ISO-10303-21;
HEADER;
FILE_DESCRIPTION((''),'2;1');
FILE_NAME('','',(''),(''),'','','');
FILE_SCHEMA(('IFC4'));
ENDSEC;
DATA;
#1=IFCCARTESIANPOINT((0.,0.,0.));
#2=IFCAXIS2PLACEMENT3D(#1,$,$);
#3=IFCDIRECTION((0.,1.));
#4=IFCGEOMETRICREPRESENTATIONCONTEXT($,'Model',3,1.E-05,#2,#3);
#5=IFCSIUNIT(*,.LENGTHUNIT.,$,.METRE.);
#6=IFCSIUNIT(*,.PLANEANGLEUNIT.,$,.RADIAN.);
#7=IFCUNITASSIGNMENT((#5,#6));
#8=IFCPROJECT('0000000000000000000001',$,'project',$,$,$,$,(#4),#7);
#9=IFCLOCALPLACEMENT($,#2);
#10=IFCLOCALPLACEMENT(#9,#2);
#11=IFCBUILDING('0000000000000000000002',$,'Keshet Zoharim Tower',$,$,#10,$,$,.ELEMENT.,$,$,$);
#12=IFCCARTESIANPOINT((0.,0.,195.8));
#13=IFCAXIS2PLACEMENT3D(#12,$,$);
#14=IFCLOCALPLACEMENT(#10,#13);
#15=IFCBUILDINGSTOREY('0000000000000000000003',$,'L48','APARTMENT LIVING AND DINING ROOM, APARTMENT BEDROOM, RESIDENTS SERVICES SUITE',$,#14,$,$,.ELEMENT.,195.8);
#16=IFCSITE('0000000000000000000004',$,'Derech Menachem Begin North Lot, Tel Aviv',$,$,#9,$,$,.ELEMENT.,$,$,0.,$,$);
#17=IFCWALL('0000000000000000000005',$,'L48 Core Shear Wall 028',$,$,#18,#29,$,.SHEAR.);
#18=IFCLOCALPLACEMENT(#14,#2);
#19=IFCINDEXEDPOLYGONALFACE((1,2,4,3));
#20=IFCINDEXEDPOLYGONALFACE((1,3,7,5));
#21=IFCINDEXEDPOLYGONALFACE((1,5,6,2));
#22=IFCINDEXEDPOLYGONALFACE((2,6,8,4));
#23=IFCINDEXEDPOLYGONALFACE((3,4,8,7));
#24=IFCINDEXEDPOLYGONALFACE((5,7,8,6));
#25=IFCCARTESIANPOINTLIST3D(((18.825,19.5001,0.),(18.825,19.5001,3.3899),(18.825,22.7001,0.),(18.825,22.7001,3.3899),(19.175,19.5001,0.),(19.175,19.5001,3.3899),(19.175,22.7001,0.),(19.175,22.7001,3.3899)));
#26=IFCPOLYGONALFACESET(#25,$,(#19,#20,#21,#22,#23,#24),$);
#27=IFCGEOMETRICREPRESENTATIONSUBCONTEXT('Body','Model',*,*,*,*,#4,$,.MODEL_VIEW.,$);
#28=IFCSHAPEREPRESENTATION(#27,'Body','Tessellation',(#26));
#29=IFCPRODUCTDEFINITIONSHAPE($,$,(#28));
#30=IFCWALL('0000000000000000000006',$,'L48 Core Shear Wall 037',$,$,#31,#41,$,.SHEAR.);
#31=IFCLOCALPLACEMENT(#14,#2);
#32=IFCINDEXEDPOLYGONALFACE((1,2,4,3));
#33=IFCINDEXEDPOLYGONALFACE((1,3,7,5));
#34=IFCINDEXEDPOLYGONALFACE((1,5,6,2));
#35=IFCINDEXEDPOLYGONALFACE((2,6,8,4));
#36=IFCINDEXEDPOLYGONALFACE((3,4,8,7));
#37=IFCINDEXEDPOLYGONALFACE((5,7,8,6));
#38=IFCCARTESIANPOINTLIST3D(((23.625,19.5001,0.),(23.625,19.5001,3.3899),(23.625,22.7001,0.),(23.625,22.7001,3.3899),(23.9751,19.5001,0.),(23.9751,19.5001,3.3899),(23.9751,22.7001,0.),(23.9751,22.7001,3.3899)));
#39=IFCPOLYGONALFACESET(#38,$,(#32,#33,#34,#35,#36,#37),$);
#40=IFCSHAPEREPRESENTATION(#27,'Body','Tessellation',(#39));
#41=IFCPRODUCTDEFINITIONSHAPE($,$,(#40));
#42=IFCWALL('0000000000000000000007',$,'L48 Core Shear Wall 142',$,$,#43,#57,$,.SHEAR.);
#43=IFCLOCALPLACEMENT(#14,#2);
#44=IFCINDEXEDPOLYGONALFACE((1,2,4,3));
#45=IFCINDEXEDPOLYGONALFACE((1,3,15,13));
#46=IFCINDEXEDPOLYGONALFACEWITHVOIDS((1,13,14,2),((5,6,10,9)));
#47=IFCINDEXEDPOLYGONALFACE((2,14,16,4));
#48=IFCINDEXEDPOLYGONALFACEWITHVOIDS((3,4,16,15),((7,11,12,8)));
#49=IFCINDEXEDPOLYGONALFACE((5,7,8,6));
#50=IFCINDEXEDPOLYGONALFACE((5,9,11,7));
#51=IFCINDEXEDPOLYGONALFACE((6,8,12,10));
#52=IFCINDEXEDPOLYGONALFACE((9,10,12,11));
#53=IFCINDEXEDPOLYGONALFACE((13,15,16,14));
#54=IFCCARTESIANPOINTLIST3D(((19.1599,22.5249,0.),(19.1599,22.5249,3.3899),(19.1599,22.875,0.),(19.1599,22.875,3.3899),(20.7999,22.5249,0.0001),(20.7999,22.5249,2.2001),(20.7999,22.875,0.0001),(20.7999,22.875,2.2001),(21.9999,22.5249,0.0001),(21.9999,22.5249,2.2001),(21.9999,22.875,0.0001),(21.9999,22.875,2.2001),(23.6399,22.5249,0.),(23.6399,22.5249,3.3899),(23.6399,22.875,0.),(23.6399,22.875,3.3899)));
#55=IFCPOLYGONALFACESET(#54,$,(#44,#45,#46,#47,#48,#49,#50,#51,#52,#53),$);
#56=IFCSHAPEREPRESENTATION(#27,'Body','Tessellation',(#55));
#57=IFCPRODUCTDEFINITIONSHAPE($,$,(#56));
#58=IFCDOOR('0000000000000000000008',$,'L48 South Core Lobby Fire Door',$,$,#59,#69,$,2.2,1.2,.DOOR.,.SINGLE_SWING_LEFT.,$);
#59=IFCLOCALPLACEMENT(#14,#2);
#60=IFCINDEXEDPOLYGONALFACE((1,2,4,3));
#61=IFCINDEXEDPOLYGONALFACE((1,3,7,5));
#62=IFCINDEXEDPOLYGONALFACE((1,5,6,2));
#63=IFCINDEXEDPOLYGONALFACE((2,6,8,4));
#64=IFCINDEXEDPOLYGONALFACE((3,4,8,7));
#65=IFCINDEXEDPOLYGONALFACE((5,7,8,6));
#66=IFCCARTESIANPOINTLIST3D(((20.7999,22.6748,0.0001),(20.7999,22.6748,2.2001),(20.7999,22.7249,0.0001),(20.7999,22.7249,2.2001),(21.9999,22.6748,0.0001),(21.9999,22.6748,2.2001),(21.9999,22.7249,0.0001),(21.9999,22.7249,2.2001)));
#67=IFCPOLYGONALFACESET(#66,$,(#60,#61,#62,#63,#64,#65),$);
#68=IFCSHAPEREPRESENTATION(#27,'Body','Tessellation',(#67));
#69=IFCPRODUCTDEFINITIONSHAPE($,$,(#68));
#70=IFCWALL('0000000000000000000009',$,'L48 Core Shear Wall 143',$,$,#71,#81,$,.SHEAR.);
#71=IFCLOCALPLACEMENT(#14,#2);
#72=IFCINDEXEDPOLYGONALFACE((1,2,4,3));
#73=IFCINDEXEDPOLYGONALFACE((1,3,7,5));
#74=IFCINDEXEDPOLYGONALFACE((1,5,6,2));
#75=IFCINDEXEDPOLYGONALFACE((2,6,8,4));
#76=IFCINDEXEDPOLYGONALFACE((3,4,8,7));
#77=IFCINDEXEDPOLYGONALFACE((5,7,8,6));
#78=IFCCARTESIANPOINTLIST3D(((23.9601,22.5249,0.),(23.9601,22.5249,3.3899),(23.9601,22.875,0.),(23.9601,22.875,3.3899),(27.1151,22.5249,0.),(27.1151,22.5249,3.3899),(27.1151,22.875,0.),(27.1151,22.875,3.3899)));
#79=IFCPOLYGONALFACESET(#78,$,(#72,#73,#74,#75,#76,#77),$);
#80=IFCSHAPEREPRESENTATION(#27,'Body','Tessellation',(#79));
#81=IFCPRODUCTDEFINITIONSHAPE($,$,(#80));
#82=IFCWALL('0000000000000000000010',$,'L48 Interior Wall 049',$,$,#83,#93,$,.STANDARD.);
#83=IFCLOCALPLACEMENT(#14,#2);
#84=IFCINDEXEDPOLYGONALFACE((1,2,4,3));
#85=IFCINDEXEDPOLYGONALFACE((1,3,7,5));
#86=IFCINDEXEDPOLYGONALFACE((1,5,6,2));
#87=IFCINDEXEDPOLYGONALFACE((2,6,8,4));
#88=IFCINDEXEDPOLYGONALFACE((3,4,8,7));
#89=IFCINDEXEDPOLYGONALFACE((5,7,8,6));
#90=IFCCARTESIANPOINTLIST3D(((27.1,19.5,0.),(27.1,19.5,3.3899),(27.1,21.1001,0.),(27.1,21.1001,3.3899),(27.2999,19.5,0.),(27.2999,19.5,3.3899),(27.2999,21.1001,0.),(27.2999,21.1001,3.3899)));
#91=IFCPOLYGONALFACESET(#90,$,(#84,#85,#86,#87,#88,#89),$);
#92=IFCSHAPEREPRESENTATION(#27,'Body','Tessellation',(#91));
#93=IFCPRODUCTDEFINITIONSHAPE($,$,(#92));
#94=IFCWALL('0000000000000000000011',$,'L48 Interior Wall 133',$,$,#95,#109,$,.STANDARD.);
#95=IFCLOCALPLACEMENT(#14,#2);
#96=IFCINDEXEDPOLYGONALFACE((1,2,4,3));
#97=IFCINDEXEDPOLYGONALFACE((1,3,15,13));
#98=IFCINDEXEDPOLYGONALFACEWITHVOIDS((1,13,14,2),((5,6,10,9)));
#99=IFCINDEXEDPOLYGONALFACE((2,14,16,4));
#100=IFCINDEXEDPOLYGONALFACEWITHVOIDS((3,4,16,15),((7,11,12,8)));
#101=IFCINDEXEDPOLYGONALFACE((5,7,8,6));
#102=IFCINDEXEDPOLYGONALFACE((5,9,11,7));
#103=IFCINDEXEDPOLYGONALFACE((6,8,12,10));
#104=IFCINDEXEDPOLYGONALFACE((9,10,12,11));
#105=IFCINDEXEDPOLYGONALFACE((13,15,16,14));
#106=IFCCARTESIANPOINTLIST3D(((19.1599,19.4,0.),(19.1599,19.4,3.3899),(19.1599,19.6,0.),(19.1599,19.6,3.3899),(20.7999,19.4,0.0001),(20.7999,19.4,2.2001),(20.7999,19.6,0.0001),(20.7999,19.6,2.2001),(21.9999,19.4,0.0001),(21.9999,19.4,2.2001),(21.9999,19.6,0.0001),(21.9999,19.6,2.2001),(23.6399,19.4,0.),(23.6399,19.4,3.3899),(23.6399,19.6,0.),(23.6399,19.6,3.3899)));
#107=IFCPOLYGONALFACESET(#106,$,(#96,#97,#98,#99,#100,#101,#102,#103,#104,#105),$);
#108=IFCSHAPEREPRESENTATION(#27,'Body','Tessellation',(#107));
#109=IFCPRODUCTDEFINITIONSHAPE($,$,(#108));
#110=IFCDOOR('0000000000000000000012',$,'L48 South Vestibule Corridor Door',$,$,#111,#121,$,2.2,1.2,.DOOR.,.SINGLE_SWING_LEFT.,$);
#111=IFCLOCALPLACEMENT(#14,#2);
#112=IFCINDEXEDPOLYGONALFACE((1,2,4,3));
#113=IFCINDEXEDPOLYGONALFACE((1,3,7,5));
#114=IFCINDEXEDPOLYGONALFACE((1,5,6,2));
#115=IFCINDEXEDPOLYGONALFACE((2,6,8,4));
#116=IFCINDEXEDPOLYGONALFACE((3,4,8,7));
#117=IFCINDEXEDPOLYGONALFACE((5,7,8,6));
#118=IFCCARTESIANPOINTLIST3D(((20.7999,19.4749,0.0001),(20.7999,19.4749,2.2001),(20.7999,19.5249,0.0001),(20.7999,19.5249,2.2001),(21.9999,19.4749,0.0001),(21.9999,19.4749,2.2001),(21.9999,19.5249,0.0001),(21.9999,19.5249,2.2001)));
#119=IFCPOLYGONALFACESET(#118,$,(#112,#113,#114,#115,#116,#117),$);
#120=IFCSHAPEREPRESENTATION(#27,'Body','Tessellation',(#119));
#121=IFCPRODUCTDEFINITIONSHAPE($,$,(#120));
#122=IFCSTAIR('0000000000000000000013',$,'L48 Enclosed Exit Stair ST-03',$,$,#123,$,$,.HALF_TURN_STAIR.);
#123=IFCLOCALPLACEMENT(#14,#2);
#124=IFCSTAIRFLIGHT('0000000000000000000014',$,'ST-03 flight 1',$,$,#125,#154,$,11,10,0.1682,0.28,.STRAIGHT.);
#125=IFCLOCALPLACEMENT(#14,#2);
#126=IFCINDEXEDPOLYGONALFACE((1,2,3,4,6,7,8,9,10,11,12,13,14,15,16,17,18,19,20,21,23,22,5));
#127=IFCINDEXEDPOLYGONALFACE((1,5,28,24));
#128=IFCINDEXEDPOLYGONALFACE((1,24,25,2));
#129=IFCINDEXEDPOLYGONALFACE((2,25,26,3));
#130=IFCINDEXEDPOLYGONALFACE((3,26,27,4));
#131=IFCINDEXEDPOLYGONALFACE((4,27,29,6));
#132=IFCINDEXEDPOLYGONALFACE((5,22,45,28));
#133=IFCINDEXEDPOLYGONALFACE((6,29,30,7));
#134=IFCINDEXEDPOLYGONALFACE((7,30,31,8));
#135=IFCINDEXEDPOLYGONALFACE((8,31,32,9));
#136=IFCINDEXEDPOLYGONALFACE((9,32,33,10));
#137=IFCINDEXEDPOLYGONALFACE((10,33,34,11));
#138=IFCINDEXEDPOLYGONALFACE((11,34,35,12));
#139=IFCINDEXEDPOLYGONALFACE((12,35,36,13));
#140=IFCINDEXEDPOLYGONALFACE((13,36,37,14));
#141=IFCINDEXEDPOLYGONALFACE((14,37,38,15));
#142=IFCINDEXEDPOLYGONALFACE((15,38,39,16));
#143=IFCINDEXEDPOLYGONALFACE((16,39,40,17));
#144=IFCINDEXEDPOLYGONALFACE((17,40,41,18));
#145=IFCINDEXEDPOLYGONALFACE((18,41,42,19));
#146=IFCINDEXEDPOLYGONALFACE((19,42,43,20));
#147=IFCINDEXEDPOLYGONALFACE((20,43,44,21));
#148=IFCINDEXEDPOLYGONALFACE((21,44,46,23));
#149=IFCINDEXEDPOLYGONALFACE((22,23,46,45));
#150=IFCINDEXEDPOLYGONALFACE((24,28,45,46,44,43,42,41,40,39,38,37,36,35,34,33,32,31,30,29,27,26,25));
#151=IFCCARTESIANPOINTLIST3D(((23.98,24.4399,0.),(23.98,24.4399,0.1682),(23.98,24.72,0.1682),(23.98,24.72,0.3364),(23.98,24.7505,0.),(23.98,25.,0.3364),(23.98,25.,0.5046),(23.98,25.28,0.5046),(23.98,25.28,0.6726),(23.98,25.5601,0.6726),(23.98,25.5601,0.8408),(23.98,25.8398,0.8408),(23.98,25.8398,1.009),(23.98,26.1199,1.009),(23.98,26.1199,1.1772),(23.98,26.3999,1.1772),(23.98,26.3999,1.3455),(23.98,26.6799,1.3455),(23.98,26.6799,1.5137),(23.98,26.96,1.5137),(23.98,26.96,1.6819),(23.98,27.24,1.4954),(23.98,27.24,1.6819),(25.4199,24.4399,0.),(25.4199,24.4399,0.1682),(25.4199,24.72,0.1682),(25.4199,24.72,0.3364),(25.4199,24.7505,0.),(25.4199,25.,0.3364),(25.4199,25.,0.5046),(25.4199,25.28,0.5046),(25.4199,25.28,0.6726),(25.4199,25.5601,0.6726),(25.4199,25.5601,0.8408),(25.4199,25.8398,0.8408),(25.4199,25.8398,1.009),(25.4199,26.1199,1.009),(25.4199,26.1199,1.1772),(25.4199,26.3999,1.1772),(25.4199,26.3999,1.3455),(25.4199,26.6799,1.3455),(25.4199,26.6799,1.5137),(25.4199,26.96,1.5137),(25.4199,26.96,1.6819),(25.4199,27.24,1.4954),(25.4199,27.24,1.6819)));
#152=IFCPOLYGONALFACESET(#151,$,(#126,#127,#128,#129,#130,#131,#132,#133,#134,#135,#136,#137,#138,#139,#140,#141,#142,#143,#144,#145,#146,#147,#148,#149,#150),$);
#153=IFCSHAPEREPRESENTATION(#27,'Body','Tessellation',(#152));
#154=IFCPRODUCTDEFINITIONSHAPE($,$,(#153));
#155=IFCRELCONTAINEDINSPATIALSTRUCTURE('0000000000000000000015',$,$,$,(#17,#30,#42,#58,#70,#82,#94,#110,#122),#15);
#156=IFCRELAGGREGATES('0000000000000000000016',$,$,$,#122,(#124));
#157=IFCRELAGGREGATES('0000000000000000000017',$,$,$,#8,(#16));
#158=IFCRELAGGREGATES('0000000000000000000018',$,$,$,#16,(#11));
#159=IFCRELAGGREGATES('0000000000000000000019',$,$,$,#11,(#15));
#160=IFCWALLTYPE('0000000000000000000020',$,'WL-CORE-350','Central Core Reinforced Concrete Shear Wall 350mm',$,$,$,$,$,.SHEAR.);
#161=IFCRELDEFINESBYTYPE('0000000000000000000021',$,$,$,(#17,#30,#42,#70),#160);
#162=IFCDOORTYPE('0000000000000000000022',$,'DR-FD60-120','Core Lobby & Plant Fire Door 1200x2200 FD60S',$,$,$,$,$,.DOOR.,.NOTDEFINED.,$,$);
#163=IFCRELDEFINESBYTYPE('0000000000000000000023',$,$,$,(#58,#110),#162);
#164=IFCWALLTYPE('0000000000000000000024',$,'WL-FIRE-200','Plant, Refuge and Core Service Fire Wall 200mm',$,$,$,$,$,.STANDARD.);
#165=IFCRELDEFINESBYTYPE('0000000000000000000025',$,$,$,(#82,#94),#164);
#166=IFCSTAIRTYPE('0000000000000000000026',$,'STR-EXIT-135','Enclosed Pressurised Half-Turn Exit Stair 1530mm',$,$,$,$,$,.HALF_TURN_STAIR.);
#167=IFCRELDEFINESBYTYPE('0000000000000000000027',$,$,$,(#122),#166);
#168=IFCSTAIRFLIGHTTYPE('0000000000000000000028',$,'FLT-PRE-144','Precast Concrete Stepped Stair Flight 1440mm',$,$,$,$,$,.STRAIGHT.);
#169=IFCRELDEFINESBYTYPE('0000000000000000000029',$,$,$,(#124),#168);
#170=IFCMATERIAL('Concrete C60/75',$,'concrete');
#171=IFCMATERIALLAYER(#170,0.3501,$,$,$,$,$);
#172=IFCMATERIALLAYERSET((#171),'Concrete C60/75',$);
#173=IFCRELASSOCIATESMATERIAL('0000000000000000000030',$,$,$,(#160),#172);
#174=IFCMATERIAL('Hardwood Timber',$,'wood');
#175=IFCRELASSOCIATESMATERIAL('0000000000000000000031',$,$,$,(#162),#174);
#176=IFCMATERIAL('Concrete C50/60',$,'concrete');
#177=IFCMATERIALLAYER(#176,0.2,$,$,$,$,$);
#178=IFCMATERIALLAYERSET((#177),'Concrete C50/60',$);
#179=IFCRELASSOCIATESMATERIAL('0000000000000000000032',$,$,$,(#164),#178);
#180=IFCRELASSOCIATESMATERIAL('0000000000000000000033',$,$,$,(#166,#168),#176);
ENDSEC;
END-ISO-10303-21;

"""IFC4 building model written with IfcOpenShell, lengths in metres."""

from ifc_helpers import new_model, si_unit, direction, frame, frame_2d, origin, place, context, subcontext, project, spatial, polyline, rectangle, outline, extrude, material, layer, layer_set, type_object, element, fill, aggregate, save


model = new_model("IFC4")

# Units and contexts
model_context = context("Model", 3, precision=1e-05, world=origin(), true_north=direction((0.0, 1.0)))
body_context = subcontext(model_context, "Body", "Model", "MODEL_VIEW")
ifc_project = project(units=[si_unit("LENGTHUNIT", "METRE"), si_unit("PLANEANGLEUNIT", "RADIAN")], contexts=[model_context])

# Site, building, storey
site_placement = place(None, origin())
site = spatial("IfcSite", under=ifc_project, at=site_placement, Name="Derech Menachem Begin North Lot, Tel Aviv", CompositionType="ELEMENT", RefElevation=0.0)
building_placement = place(site_placement, origin())
building = spatial("IfcBuilding", under=site, at=building_placement, Name="Keshet Zoharim Tower", CompositionType="ELEMENT")
storey_placement = place(building_placement, frame((0.0, 0.0, 195.8)))
storey = spatial("IfcBuildingStorey", under=building, at=storey_placement, Name="L48", Description="APARTMENT LIVING AND DINING ROOM, APARTMENT BEDROOM, RESIDENTS SERVICES SUITE", CompositionType="ELEMENT", Elevation=195.8)

# Shared definitions
ifc_material_1 = material(Name="Hardwood Timber", Category="wood")

# Wall
ifc_material_2 = material(Name="Concrete C60/75", Category="concrete")
ifc_layer_1 = layer(ifc_material_2, 0.3501)
ifc_layer_set_1 = layer_set([ifc_layer_1], Name="Concrete C60/75")
wall_type_1 = type_object("IfcWallType", Name="WL-CORE-350", Description="Central Core Reinforced Concrete Shear Wall 350mm", PredefinedType="SHEAR", material=ifc_layer_set_1)
wall_1_placement = place(storey_placement, frame((19.0, 19.5, 0.0), z_axis=(0.0, 0.0, 1.0), x_axis=(0.0, 1.0, 0.0)))
element("IfcWall", 1, at=wall_1_placement, inside=storey, type_object=wall_type_1, Name="L48 Core Shear Wall 028", PredefinedType="SHEAR", context=body_context, shape_type="SweptSolid", body=[
    extrude(rectangle(XDim=3.2, YDim=0.3501, at=frame_2d((1.6001, 0.0))), origin(), (0.0, 0.0, 1.0), 3.3899),
])

# Wall
wall_2_placement = place(storey_placement, frame((23.8, 19.5, 0.0), z_axis=(0.0, 0.0, 1.0), x_axis=(0.0, 1.0, 0.0)))
element("IfcWall", 2, at=wall_2_placement, inside=storey, type_object=wall_type_1, Name="L48 Core Shear Wall 037", PredefinedType="SHEAR", context=body_context, shape_type="SweptSolid", body=[
    extrude(rectangle(XDim=3.2, YDim=0.3501, at=frame_2d((1.6001, 0.0))), origin(), (0.0, 0.0, 1.0), 3.3899),
])

# Wall, opening, door
wall_3_placement = place(storey_placement, frame((19.1599, 22.7, 0.0), z_axis=(0.0, 0.0, 1.0), x_axis=(1.0, 0.0, 0.0)))
wall_3 = element("IfcWall", 3, at=wall_3_placement, inside=storey, type_object=wall_type_1, Name="L48 Core Shear Wall 142", PredefinedType="SHEAR", context=body_context, shape_type="SweptSolid", body=[
    extrude(rectangle(XDim=4.48, YDim=0.3501, at=frame_2d((2.24, 0.0))), origin(), (0.0, 0.0, 1.0), 3.3899),
])
opening_1_placement = place(wall_3_placement, frame((1.6399, 0.0, 0.0)))
opening_1 = element("IfcOpeningElement", 4, at=opening_1_placement, cuts=wall_3, PredefinedType="OPENING", context=body_context, shape_type="SweptSolid", body=[
    extrude(rectangle(XDim=1.2, YDim=2.2, at=frame_2d((0.6001, 1.1001))), frame((0.0, 0.1851, 0.0), z_axis=(0.0, -1.0, 0.0), x_axis=(1.0, 0.0, 0.0)), (0.0, 0.0, 1.0), 0.3701),
])
door_type_1 = type_object("IfcDoorType", Name="DR-FD60-120", Description="Core Lobby & Plant Fire Door 1200x2200 FD60S", OperationType="NOTDEFINED", PredefinedType="DOOR", material=ifc_material_1)
door_1_placement = place(opening_1_placement, origin())
door_1 = element("IfcDoor", 5, at=door_1_placement, inside=storey, type_object=door_type_1, Name="L48 South Core Lobby Fire Door", OperationType="SINGLE_SWING_LEFT", OverallHeight=2.2, OverallWidth=1.2, PredefinedType="DOOR", context=body_context, shape_type="SweptSolid", body=[
    extrude(rectangle(XDim=1.2, YDim=2.2, at=frame_2d((0.6001, 1.1001))), frame((0.0, 0.0249, 0.0), z_axis=(0.0, -1.0, 0.0), x_axis=(1.0, 0.0, 0.0)), (0.0, 0.0, 1.0), 0.05),
])
fill(opening_1, door_1)

# Walls
wall_4_placement = place(storey_placement, frame((23.96, 22.7, 0.0), z_axis=(0.0, 0.0, 1.0), x_axis=(1.0, 0.0, 0.0)))
element("IfcWall", 6, at=wall_4_placement, inside=storey, type_object=wall_type_1, Name="L48 Core Shear Wall 143", PredefinedType="SHEAR", context=body_context, shape_type="SweptSolid", body=[
    extrude(rectangle(XDim=3.155, YDim=0.3501, at=frame_2d((1.5776, 0.0))), origin(), (0.0, 0.0, 1.0), 3.3899),
])
ifc_material_3 = material(Name="Concrete C50/60", Category="concrete")
ifc_layer_2 = layer(ifc_material_3, 0.2)
ifc_layer_set_2 = layer_set([ifc_layer_2], Name="Concrete C50/60")
wall_type_2 = type_object("IfcWallType", Name="WL-FIRE-200", Description="Plant, Refuge and Core Service Fire Wall 200mm", PredefinedType="STANDARD", material=ifc_layer_set_2)
wall_5_placement = place(storey_placement, frame((27.2, 19.5, 0.0), z_axis=(0.0, 0.0, 1.0), x_axis=(0.0, 1.0, 0.0)))
element("IfcWall", 7, at=wall_5_placement, inside=storey, type_object=wall_type_2, Name="L48 Interior Wall 049", PredefinedType="STANDARD", context=body_context, shape_type="SweptSolid", body=[
    extrude(rectangle(XDim=1.6001, YDim=0.2, at=frame_2d((0.8, 0.0))), origin(), (0.0, 0.0, 1.0), 3.3899),
])

# Wall, opening, door
wall_6_placement = place(storey_placement, frame((19.1599, 19.5, 0.0), z_axis=(0.0, 0.0, 1.0), x_axis=(1.0, 0.0, 0.0)))
wall_6 = element("IfcWall", 8, at=wall_6_placement, inside=storey, type_object=wall_type_2, Name="L48 Interior Wall 133", PredefinedType="STANDARD", context=body_context, shape_type="SweptSolid", body=[
    extrude(rectangle(XDim=4.48, YDim=0.2, at=frame_2d((2.24, 0.0))), origin(), (0.0, 0.0, 1.0), 3.3899),
])
opening_2_placement = place(wall_6_placement, frame((1.6399, 0.0, 0.0)))
opening_2 = element("IfcOpeningElement", 9, at=opening_2_placement, cuts=wall_6, PredefinedType="OPENING", context=body_context, shape_type="SweptSolid", body=[
    extrude(rectangle(XDim=1.2, YDim=2.2, at=frame_2d((0.6001, 1.1001))), frame((0.0, 0.1099, 0.0), z_axis=(0.0, -1.0, 0.0), x_axis=(1.0, 0.0, 0.0)), (0.0, 0.0, 1.0), 0.22),
])
door_2_placement = place(opening_2_placement, origin())
door_2 = element("IfcDoor", 10, at=door_2_placement, inside=storey, type_object=door_type_1, Name="L48 South Vestibule Corridor Door", OperationType="SINGLE_SWING_LEFT", OverallHeight=2.2, OverallWidth=1.2, PredefinedType="DOOR", context=body_context, shape_type="SweptSolid", body=[
    extrude(rectangle(XDim=1.2, YDim=2.2, at=frame_2d((0.6001, 1.1001))), frame((0.0, 0.0249, 0.0), z_axis=(0.0, -1.0, 0.0), x_axis=(1.0, 0.0, 0.0)), (0.0, 0.0, 1.0), 0.05),
])
fill(opening_2, door_2)

# Stair, stair flight
stair_type = type_object("IfcStairType", Name="STR-EXIT-135", Description="Enclosed Pressurised Half-Turn Exit Stair 1530mm", PredefinedType="HALF_TURN_STAIR", material=ifc_material_3)
stair_placement = place(storey_placement, origin())
stair = element("IfcStair", 11, at=stair_placement, inside=storey, type_object=stair_type, Name="L48 Enclosed Exit Stair ST-03", PredefinedType="HALF_TURN_STAIR")
stair_flight_type = type_object("IfcStairFlightType", Name="FLT-PRE-144", Description="Precast Concrete Stepped Stair Flight 1440mm", PredefinedType="STRAIGHT", material=ifc_material_3)
stair_flight_1_placement = place(storey_placement, frame((24.7, 24.4399, 0.0), z_axis=(0.0, 0.0, 1.0), x_axis=(0.0, 1.0, 0.0)))
stair_flight_1 = element("IfcStairFlight", 12, at=stair_flight_1_placement, type_object=stair_flight_type, Name="ST-03 flight 1", NumberOfRisers=11, NumberOfTreads=10, PredefinedType="STRAIGHT", RiserHeight=0.1682, TreadLength=0.28, context=body_context, shape_type="SweptSolid", body=[
    extrude(outline(polyline([(0.0, 0.0), (0.0, 0.1682), (0.28, 0.1682), (0.28, 0.3364), (0.5601, 0.3364), (0.5601, 0.5046), (0.8401, 0.5046), (0.8401, 0.6726), (1.1201, 0.6726), (1.1201, 0.8408), (1.3999, 0.8408), (1.3999, 1.009), (1.6799, 1.009), (1.6799, 1.1772), (1.96, 1.1772), (1.96, 1.3455), (2.24, 1.3455), (2.24, 1.5137), (2.52, 1.5137), (2.52, 1.6819), (2.8, 1.6819), (2.8, 1.8501), (2.8, 1.4954), (0.3105, 0.0), (0.0, 0.0)])), frame((0.0, 0.72, 0.0), z_axis=(0.0, -1.0, 0.0), x_axis=(1.0, 0.0, 0.0)), (0.0, 0.0, 1.0), 1.4399),
])
aggregate(stair, [stair_flight_1])

save(model, "model.ifc")
